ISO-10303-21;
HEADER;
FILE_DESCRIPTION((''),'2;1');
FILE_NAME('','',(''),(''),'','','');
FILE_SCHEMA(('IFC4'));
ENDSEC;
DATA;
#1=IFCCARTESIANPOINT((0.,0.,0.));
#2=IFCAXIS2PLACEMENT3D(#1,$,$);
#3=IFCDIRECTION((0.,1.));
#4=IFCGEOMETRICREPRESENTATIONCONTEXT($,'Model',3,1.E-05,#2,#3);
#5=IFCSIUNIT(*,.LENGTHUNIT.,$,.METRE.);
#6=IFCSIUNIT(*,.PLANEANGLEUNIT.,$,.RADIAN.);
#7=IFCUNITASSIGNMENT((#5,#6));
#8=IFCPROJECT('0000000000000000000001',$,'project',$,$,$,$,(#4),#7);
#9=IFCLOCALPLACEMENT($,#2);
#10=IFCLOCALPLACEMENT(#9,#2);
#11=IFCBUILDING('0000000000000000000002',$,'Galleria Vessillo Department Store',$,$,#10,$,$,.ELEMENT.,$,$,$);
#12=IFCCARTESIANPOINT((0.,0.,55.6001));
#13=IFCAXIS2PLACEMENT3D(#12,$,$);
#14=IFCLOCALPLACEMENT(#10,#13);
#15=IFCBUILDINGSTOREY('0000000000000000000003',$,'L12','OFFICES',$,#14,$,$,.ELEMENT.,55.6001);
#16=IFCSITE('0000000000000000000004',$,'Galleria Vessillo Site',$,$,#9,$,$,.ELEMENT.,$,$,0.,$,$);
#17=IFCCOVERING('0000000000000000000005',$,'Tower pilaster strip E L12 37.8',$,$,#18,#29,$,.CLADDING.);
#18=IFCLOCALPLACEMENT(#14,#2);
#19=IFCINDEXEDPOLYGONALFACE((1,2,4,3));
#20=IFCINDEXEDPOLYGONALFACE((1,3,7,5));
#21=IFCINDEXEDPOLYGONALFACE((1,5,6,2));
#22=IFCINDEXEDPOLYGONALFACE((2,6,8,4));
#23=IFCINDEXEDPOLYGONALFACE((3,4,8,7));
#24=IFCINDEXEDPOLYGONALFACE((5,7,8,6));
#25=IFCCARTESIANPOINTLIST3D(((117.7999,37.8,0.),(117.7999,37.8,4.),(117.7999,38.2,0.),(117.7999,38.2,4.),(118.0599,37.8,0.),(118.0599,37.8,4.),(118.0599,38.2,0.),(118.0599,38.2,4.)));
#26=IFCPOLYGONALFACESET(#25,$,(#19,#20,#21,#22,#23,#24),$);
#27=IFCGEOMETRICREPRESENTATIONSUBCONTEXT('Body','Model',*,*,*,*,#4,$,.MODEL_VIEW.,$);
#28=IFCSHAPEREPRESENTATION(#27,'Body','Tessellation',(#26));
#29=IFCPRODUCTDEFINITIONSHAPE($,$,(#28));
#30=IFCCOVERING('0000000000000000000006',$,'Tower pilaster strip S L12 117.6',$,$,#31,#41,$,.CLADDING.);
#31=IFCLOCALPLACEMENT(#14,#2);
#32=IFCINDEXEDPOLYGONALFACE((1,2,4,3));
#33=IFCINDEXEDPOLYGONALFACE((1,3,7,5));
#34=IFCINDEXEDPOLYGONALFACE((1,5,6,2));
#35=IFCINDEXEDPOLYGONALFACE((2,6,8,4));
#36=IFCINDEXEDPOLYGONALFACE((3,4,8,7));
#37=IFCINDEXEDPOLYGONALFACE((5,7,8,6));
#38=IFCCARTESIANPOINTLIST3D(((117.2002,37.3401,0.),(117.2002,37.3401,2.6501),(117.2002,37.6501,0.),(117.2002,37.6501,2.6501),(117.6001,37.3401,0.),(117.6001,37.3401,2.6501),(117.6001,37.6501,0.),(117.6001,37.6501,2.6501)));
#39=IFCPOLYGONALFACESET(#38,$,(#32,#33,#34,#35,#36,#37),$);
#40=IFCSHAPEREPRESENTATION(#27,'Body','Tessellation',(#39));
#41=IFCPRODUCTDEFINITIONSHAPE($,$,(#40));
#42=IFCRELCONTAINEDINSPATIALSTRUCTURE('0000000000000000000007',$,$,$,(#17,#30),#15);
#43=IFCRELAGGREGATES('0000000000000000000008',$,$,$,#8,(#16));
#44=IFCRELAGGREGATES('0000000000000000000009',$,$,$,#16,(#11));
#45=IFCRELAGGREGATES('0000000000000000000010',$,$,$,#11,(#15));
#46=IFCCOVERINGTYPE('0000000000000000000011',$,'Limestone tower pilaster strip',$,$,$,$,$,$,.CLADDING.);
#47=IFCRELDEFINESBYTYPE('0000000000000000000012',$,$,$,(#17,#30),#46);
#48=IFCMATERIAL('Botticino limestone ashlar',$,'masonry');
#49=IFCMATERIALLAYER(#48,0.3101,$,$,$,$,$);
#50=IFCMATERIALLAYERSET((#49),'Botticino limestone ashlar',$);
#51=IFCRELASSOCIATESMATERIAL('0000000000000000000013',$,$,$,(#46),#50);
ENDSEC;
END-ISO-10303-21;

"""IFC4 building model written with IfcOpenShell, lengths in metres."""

from ifc_helpers import new_model, si_unit, direction, frame, origin, origin_2d, place, context, subcontext, project, spatial, rectangle, extrude, material, layer, layer_set, type_object, element, save


model = new_model("IFC4")

# Units and contexts
model_context = context("Model", 3, precision=1e-05, world=origin(), true_north=direction((0.0, 1.0)))
body_context = subcontext(model_context, "Body", "Model", "MODEL_VIEW")
ifc_project = project(units=[si_unit("LENGTHUNIT", "METRE"), si_unit("PLANEANGLEUNIT", "RADIAN")], contexts=[model_context])

# Site, building, storey
site_placement = place(None, origin())
site = spatial("IfcSite", under=ifc_project, at=site_placement, Name="Galleria Vessillo Site", CompositionType="ELEMENT", RefElevation=0.0)
building_placement = place(site_placement, origin())
building = spatial("IfcBuilding", under=site, at=building_placement, Name="Galleria Vessillo Department Store", CompositionType="ELEMENT")
storey_placement = place(building_placement, frame((0.0, 0.0, 55.6001)))
storey = spatial("IfcBuildingStorey", under=building, at=storey_placement, Name="L12", Description="OFFICES", CompositionType="ELEMENT", Elevation=55.6001)

# Coverings
ifc_material_1 = material(Name="Botticino limestone ashlar", Category="masonry")
ifc_layer_1 = layer(ifc_material_1, 0.3101)
ifc_layer_set_1 = layer_set([ifc_layer_1], Name="Botticino limestone ashlar")
covering_type_1 = type_object("IfcCoveringType", Name="Limestone tower pilaster strip", PredefinedType="CLADDING", material=ifc_layer_set_1)
covering_1_placement = place(storey_placement, frame((117.9299, 38.0, 0.0), z_axis=(0.0, 0.0, 1.0), x_axis=(1.0, 0.0, 0.0)))
element("IfcCovering", 1, at=covering_1_placement, inside=storey, type_object=covering_type_1, Name="Tower pilaster strip E L12 37.8", PredefinedType="CLADDING", context=body_context, shape_type="SweptSolid", body=[
    extrude(rectangle(XDim=0.26, YDim=0.3999, at=origin_2d()), origin(), (0.0, 0.0, 1.0), 4.0),
])
covering_2_placement = place(storey_placement, frame((117.4001, 37.4951, 0.0), z_axis=(0.0, 0.0, 1.0), x_axis=(1.0, 0.0, 0.0)))
element("IfcCovering", 2, at=covering_2_placement, inside=storey, type_object=covering_type_1, Name="Tower pilaster strip S L12 117.6", PredefinedType="CLADDING", context=body_context, shape_type="SweptSolid", body=[
    extrude(rectangle(XDim=0.3999, YDim=0.3101, at=origin_2d()), origin(), (0.0, 0.0, 1.0), 2.6501),
])

save(model, "model.ifc")
